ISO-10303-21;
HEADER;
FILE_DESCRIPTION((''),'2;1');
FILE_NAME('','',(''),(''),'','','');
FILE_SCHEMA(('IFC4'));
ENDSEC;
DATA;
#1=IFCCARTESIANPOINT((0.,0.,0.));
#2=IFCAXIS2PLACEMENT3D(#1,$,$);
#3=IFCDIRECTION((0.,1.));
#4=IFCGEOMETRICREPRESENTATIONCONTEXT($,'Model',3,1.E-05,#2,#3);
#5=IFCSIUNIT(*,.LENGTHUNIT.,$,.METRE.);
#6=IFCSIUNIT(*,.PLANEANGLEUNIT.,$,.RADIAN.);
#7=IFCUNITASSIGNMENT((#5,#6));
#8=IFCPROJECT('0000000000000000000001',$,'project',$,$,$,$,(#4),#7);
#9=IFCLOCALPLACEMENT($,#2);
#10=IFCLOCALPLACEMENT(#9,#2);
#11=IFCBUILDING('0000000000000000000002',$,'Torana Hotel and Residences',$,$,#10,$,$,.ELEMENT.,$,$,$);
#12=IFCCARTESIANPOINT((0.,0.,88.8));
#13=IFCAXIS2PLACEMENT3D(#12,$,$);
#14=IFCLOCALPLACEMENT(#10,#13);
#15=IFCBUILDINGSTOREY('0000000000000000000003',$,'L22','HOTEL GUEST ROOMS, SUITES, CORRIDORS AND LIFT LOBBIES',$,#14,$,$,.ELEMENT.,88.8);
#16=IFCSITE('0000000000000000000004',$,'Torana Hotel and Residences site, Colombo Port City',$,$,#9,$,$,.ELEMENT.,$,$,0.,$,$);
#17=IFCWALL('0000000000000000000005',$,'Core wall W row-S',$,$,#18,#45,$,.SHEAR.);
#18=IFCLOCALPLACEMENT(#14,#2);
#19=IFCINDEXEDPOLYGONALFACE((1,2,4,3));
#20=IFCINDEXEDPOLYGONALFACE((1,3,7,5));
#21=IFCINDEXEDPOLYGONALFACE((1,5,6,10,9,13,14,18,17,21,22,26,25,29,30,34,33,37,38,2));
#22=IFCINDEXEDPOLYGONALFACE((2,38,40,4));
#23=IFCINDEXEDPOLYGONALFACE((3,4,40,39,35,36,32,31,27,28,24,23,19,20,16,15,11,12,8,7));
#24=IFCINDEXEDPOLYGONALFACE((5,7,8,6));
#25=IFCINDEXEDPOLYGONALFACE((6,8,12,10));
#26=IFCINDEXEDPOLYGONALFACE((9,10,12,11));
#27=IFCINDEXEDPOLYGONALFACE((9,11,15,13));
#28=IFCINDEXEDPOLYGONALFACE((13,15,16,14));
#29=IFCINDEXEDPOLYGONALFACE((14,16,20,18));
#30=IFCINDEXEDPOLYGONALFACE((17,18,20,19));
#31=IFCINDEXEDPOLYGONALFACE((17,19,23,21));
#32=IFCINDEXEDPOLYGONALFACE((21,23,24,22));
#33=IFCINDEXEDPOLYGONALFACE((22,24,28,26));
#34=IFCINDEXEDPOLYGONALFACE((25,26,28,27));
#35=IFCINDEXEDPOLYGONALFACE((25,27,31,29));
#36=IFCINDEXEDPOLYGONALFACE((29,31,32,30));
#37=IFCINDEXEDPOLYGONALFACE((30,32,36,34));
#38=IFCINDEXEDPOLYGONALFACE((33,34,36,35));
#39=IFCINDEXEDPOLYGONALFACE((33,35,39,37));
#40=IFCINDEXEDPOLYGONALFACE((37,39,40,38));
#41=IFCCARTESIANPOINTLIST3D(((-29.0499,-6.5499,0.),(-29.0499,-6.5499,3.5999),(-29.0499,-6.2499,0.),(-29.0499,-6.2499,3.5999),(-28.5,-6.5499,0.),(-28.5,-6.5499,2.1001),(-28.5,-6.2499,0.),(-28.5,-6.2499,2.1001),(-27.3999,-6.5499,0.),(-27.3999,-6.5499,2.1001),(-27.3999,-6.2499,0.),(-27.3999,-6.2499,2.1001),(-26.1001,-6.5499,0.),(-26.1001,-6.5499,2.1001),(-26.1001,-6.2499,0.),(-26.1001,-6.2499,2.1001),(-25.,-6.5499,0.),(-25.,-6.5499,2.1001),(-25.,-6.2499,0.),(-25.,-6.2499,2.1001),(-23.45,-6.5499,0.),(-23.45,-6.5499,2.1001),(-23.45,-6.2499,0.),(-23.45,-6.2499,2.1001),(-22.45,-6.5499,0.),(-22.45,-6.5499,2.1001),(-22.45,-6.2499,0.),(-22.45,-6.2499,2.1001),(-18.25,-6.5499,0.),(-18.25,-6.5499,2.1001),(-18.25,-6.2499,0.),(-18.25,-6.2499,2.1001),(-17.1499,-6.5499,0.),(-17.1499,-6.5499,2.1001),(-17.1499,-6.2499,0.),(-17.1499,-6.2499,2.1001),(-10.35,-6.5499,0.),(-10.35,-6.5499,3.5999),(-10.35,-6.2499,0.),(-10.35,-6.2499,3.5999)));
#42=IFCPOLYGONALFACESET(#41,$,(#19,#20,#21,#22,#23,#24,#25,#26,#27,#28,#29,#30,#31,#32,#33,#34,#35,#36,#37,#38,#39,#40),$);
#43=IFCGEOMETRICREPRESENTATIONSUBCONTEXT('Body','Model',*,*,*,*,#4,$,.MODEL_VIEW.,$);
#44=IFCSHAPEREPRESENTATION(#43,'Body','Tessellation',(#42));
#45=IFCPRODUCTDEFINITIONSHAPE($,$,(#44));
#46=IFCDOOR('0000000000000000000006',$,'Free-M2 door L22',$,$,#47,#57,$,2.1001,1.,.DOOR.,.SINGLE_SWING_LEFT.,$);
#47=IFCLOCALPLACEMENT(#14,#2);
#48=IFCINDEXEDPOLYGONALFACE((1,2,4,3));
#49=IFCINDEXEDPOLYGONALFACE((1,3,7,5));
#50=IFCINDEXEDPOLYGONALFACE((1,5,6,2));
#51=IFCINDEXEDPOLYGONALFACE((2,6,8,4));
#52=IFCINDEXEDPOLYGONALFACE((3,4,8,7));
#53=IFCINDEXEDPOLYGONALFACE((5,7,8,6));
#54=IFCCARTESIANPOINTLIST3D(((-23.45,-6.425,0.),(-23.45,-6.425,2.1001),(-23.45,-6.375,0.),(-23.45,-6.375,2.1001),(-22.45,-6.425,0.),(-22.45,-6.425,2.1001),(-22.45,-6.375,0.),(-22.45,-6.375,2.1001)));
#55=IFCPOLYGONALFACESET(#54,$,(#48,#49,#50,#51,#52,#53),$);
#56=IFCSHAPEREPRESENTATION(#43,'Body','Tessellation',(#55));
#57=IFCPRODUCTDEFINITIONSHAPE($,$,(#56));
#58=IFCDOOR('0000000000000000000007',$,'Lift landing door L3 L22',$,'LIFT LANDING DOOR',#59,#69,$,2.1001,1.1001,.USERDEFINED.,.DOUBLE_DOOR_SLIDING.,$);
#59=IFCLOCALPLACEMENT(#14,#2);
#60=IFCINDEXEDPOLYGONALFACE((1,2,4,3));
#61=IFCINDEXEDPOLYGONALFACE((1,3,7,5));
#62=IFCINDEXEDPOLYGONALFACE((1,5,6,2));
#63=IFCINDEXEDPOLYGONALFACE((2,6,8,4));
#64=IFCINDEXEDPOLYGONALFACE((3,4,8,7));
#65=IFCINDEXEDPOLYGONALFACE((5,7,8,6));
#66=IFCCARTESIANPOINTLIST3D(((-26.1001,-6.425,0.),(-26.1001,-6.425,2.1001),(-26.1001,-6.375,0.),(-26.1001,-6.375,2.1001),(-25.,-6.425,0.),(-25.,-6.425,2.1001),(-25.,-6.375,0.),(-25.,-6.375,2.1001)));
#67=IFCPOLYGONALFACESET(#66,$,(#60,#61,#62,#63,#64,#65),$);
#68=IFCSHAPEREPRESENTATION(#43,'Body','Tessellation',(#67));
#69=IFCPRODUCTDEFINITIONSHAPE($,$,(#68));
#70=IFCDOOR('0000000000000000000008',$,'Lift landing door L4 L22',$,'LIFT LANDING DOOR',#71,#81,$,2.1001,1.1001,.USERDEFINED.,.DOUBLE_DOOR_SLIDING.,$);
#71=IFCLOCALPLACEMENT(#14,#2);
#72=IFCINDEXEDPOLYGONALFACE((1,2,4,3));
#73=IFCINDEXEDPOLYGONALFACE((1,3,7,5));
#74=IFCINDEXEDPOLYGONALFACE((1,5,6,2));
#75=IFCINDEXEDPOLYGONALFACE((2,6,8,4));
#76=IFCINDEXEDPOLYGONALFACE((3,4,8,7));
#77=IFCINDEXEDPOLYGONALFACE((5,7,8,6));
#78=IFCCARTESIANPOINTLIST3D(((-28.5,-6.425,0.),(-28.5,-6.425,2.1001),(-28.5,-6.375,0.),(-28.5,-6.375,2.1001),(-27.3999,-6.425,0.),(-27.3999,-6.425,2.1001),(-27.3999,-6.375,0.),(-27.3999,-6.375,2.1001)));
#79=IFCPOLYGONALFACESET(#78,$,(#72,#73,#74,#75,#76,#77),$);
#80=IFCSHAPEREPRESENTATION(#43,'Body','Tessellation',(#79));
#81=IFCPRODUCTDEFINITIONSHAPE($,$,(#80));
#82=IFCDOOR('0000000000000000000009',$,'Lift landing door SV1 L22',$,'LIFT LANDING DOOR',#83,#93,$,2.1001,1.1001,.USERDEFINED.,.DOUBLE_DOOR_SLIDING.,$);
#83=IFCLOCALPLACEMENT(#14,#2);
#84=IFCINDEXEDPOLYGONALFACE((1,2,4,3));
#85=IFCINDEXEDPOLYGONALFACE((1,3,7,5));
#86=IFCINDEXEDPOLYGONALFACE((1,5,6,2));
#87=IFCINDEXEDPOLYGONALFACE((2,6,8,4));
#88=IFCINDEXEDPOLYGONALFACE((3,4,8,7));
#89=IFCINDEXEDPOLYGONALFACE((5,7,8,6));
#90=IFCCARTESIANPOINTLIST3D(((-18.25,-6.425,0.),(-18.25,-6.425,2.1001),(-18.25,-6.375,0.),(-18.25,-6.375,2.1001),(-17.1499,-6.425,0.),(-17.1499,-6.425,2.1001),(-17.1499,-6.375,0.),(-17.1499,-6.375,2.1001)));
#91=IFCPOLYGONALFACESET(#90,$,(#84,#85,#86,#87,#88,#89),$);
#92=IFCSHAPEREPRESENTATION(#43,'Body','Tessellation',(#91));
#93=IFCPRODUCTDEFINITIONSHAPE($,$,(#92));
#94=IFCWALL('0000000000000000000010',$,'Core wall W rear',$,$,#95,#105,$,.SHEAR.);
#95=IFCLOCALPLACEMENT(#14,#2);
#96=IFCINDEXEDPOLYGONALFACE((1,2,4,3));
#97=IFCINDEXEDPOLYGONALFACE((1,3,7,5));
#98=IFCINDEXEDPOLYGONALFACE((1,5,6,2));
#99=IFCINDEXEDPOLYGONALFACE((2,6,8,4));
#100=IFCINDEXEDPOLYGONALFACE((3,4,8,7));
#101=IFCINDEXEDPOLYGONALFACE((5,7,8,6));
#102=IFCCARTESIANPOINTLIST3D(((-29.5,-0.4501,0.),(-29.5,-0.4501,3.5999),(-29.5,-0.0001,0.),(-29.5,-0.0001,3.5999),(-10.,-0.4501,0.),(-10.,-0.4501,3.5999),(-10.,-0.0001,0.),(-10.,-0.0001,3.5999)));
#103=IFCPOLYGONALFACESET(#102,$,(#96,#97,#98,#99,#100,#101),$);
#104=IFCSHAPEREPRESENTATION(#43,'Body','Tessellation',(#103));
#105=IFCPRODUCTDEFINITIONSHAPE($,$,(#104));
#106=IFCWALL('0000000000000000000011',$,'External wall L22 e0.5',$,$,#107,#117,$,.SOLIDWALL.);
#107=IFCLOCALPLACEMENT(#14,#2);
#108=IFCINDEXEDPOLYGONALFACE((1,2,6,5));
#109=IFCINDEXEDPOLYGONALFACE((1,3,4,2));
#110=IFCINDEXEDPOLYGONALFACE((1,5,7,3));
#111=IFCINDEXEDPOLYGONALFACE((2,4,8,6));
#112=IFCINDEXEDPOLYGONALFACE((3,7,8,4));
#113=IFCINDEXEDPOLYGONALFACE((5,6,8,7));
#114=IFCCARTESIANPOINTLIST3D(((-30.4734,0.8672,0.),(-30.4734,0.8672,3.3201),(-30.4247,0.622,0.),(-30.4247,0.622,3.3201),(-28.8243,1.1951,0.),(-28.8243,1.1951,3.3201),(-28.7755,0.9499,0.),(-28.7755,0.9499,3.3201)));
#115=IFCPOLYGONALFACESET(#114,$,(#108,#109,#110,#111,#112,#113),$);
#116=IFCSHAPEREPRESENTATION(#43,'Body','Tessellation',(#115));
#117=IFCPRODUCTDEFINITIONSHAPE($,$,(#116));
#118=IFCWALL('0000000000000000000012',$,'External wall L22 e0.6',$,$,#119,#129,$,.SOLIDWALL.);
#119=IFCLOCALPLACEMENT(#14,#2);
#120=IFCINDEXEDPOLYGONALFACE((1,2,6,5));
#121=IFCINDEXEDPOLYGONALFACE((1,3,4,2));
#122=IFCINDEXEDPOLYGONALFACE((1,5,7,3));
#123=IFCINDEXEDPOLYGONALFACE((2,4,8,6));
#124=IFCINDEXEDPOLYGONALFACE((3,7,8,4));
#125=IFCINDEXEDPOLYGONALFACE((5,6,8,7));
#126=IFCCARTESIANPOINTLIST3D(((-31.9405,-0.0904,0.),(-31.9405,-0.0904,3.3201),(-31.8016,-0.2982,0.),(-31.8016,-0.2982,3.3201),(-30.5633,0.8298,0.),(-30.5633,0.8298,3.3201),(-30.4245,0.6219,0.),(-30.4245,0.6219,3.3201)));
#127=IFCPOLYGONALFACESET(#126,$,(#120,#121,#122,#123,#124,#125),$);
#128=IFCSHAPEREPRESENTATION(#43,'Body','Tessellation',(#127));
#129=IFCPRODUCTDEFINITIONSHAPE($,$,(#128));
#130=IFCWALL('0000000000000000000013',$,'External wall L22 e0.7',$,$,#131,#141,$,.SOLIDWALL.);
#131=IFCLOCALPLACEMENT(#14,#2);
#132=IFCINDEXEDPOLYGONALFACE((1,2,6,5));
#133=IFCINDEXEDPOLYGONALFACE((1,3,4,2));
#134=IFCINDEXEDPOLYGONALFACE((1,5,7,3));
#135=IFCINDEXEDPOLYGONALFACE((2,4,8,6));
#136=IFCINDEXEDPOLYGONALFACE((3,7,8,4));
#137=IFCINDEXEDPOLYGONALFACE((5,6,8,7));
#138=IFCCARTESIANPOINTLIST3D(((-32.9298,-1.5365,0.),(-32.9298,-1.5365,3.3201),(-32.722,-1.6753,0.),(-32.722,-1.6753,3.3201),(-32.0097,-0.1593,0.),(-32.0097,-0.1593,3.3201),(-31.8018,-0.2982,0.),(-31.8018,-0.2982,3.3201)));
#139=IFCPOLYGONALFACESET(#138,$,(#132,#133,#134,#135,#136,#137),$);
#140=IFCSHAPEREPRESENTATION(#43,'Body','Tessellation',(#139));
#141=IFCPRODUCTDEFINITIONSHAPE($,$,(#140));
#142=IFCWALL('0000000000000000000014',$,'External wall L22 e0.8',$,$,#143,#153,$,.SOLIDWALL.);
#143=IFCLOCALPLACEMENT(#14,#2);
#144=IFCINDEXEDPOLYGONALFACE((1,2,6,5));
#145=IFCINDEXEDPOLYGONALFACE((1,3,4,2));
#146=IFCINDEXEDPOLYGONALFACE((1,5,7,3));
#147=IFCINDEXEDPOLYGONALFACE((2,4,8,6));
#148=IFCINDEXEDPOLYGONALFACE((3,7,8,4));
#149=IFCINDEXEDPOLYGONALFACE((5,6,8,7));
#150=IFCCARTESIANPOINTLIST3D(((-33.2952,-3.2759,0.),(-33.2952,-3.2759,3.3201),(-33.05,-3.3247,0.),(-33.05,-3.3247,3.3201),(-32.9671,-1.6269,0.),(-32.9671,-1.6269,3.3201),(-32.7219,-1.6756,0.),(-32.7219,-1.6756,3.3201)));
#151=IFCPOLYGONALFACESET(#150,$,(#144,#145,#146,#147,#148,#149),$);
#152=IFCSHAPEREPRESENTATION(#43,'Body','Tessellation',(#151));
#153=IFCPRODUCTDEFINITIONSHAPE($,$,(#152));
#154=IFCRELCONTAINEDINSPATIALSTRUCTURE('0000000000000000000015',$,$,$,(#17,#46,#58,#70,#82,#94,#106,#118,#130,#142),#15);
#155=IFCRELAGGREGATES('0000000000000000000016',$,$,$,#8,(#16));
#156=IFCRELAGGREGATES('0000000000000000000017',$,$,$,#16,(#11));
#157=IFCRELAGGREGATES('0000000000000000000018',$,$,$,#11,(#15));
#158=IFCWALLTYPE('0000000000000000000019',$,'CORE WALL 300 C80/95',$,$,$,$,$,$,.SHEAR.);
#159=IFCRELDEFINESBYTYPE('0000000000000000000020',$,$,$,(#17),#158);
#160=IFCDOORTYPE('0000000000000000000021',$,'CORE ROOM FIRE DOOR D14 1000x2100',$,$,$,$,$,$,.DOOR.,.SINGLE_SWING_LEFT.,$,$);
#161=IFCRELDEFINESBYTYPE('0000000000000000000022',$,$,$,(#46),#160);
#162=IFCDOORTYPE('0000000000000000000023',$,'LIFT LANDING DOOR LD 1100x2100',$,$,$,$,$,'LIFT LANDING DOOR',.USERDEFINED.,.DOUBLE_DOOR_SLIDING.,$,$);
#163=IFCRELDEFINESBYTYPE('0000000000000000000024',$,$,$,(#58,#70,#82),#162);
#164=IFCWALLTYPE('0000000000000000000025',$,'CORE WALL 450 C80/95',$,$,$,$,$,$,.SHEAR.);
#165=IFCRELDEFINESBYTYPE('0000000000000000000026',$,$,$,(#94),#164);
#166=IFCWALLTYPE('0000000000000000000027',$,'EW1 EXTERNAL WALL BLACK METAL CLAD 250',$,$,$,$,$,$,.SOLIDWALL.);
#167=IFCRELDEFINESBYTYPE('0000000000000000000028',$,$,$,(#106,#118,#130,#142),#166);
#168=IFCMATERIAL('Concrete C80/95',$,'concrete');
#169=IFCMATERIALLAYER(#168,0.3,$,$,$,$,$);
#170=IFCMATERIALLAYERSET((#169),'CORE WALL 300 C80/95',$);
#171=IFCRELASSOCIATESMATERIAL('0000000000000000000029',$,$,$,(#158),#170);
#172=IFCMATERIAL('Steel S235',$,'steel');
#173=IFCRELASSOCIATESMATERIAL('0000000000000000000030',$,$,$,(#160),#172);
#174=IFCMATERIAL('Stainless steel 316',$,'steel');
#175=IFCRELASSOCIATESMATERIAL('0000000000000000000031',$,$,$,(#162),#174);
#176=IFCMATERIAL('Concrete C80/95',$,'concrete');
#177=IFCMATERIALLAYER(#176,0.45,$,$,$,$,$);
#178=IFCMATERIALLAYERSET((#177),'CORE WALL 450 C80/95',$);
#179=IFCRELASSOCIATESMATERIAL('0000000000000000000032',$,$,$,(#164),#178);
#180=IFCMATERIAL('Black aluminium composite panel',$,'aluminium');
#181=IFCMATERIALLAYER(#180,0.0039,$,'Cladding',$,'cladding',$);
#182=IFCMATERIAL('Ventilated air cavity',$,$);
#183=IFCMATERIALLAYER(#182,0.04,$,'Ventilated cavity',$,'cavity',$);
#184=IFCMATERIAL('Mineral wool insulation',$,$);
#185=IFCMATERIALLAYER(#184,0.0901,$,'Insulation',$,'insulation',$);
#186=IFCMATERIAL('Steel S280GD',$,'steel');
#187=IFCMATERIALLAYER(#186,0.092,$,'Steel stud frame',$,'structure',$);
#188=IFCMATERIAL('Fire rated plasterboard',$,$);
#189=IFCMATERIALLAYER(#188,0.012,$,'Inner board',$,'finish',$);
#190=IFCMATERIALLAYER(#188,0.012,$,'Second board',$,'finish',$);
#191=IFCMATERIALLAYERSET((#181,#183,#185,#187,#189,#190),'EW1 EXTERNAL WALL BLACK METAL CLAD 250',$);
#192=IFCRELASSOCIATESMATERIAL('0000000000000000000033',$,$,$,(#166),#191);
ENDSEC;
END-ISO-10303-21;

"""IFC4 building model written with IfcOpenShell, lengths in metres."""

from ifc_helpers import new_model, si_unit, direction, frame, frame_2d, origin, place, context, subcontext, project, spatial, rectangle, extrude, material, layer, layer_set, type_object, element, fill, save


model = new_model("IFC4")

# Units and contexts
model_context = context("Model", 3, precision=1e-05, world=origin(), true_north=direction((0.0, 1.0)))
body_context = subcontext(model_context, "Body", "Model", "MODEL_VIEW")
ifc_project = project(units=[si_unit("LENGTHUNIT", "METRE"), si_unit("PLANEANGLEUNIT", "RADIAN")], contexts=[model_context])

# Site, building, storey
site_placement = place(None, origin())
site = spatial("IfcSite", under=ifc_project, at=site_placement, Name="Torana Hotel and Residences site, Colombo Port City", CompositionType="ELEMENT", RefElevation=0.0)
building_placement = place(site_placement, origin())
building = spatial("IfcBuilding", under=site, at=building_placement, Name="Torana Hotel and Residences", CompositionType="ELEMENT")
storey_placement = place(building_placement, frame((0.0, 0.0, 88.8)))
storey = spatial("IfcBuildingStorey", under=building, at=storey_placement, Name="L22", Description="HOTEL GUEST ROOMS, SUITES, CORRIDORS AND LIFT LOBBIES", CompositionType="ELEMENT", Elevation=88.8)

# Wall, openings, doors
ifc_material_1 = material(Name="Concrete C80/95", Category="concrete")
ifc_layer_1 = layer(ifc_material_1, 0.3)
ifc_layer_set_1 = layer_set([ifc_layer_1], Name="CORE WALL 300 C80/95")
wall_type_1 = type_object("IfcWallType", Name="CORE WALL 300 C80/95", PredefinedType="SHEAR", material=ifc_layer_set_1)
ifc_material_2 = material(Name="Steel S235", Category="steel")
door_type_1 = type_object("IfcDoorType", Name="CORE ROOM FIRE DOOR D14 1000x2100", OperationType="SINGLE_SWING_LEFT", PredefinedType="DOOR", material=ifc_material_2)
ifc_material_3 = material(Name="Stainless steel 316", Category="steel")
door_type_2 = type_object("IfcDoorType", Name="LIFT LANDING DOOR LD 1100x2100", ElementType="LIFT LANDING DOOR", OperationType="DOUBLE_DOOR_SLIDING", PredefinedType="USERDEFINED", material=ifc_material_3)
wall_1_placement = place(storey_placement, frame((-29.05, -6.3999, 0.0), z_axis=(0.0, 0.0, 1.0), x_axis=(1.0, 0.0, 0.0)))
wall_1 = element("IfcWall", 1, at=wall_1_placement, inside=storey, type_object=wall_type_1, Name="Core wall W row-S", PredefinedType="SHEAR", context=body_context, shape_type="SweptSolid", body=[
    extrude(rectangle(XDim=18.7, YDim=0.3, at=frame_2d((9.3501, 0.0))), origin(), (0.0, 0.0, 1.0), 3.5999),
])
opening_1_placement = place(wall_1_placement, frame((2.95, 0.0, 0.0)))
opening_1 = element("IfcOpeningElement", 2, at=opening_1_placement, cuts=wall_1, PredefinedType="OPENING", context=body_context, shape_type="SweptSolid", body=[
    extrude(rectangle(XDim=1.1001, YDim=2.1001, at=frame_2d((0.55, 1.05))), frame((0.0, 0.1599, 0.0), z_axis=(0.0, -1.0, 0.0), x_axis=(1.0, 0.0, 0.0)), (0.0, 0.0, 1.0), 0.3201),
])
opening_2_placement = place(wall_1_placement, frame((0.55, 0.0, 0.0)))
opening_2 = element("IfcOpeningElement", 3, at=opening_2_placement, cuts=wall_1, PredefinedType="OPENING", context=body_context, shape_type="SweptSolid", body=[
    extrude(rectangle(XDim=1.1001, YDim=2.1001, at=frame_2d((0.55, 1.05))), frame((0.0, 0.1599, 0.0), z_axis=(0.0, -1.0, 0.0), x_axis=(1.0, 0.0, 0.0)), (0.0, 0.0, 1.0), 0.3201),
])
opening_3_placement = place(wall_1_placement, frame((10.8, 0.0, 0.0)))
opening_3 = element("IfcOpeningElement", 4, at=opening_3_placement, cuts=wall_1, PredefinedType="OPENING", context=body_context, shape_type="SweptSolid", body=[
    extrude(rectangle(XDim=1.1001, YDim=2.1001, at=frame_2d((0.55, 1.05))), frame((0.0, 0.1599, 0.0), z_axis=(0.0, -1.0, 0.0), x_axis=(1.0, 0.0, 0.0)), (0.0, 0.0, 1.0), 0.3201),
])
opening_4_placement = place(wall_1_placement, frame((5.6001, 0.0, 0.0)))
opening_4 = element("IfcOpeningElement", 5, at=opening_4_placement, cuts=wall_1, PredefinedType="OPENING", context=body_context, shape_type="SweptSolid", body=[
    extrude(rectangle(XDim=1.0, YDim=2.1001, at=frame_2d((0.5, 1.05))), frame((0.0, 0.1599, 0.0), z_axis=(0.0, -1.0, 0.0), x_axis=(1.0, 0.0, 0.0)), (0.0, 0.0, 1.0), 0.3201),
])
door_1_placement = place(opening_4_placement, frame((0.5, 0.0, 0.0), z_axis=(0.0, 0.0, 1.0), x_axis=(-1.0, 0.0, 0.0)))
door_1 = element("IfcDoor", 6, at=door_1_placement, inside=storey, type_object=door_type_1, Name="Free-M2 door L22", OperationType="SINGLE_SWING_LEFT", OverallHeight=2.1001, OverallWidth=1.0, PredefinedType="DOOR", context=body_context, shape_type="SweptSolid", body=[
    extrude(rectangle(XDim=1.0, YDim=2.1001, at=frame_2d((0.0, 1.05))), frame((0.0, -0.0249, 0.0), z_axis=(0.0, 1.0, 0.0), x_axis=(-1.0, 0.0, 0.0)), (0.0, 0.0, 1.0), 0.05),
])
fill(opening_4, door_1)
door_2_placement = place(opening_1_placement, origin())
door_2 = element("IfcDoor", 7, at=door_2_placement, inside=storey, type_object=door_type_2, Name="Lift landing door L3 L22", ObjectType="LIFT LANDING DOOR", OperationType="DOUBLE_DOOR_SLIDING", OverallHeight=2.1001, OverallWidth=1.1001, PredefinedType="USERDEFINED", context=body_context, shape_type="SweptSolid", body=[
    extrude(rectangle(XDim=1.1001, YDim=2.1001, at=frame_2d((0.55, 1.05))), frame((0.0, 0.0249, 0.0), z_axis=(0.0, -1.0, 0.0), x_axis=(1.0, 0.0, 0.0)), (0.0, 0.0, 1.0), 0.05),
])
fill(opening_1, door_2)
door_3_placement = place(opening_2_placement, origin())
door_3 = element("IfcDoor", 8, at=door_3_placement, inside=storey, type_object=door_type_2, Name="Lift landing door L4 L22", ObjectType="LIFT LANDING DOOR", OperationType="DOUBLE_DOOR_SLIDING", OverallHeight=2.1001, OverallWidth=1.1001, PredefinedType="USERDEFINED", context=body_context, shape_type="SweptSolid", body=[
    extrude(rectangle(XDim=1.1001, YDim=2.1001, at=frame_2d((0.55, 1.05))), frame((0.0, 0.0249, 0.0), z_axis=(0.0, -1.0, 0.0), x_axis=(1.0, 0.0, 0.0)), (0.0, 0.0, 1.0), 0.05),
])
fill(opening_2, door_3)
door_4_placement = place(opening_3_placement, origin())
door_4 = element("IfcDoor", 9, at=door_4_placement, inside=storey, type_object=door_type_2, Name="Lift landing door SV1 L22", ObjectType="LIFT LANDING DOOR", OperationType="DOUBLE_DOOR_SLIDING", OverallHeight=2.1001, OverallWidth=1.1001, PredefinedType="USERDEFINED", context=body_context, shape_type="SweptSolid", body=[
    extrude(rectangle(XDim=1.1001, YDim=2.1001, at=frame_2d((0.55, 1.05))), frame((0.0, 0.0249, 0.0), z_axis=(0.0, -1.0, 0.0), x_axis=(1.0, 0.0, 0.0)), (0.0, 0.0, 1.0), 0.05),
])
fill(opening_3, door_4)

# Walls
ifc_material_4 = material(Name="Concrete C80/95", Category="concrete")
ifc_layer_2 = layer(ifc_material_4, 0.45)
ifc_layer_set_2 = layer_set([ifc_layer_2], Name="CORE WALL 450 C80/95")
wall_type_2 = type_object("IfcWallType", Name="CORE WALL 450 C80/95", PredefinedType="SHEAR", material=ifc_layer_set_2)
wall_2_placement = place(storey_placement, frame((-29.5, -0.2251, 0.0), z_axis=(0.0, 0.0, 1.0), x_axis=(1.0, 0.0, 0.0)))
element("IfcWall", 10, at=wall_2_placement, inside=storey, type_object=wall_type_2, Name="Core wall W rear", PredefinedType="SHEAR", context=body_context, shape_type="SweptSolid", body=[
    extrude(rectangle(XDim=19.5, YDim=0.45, at=frame_2d((9.75, 0.0))), origin(), (0.0, 0.0, 1.0), 3.5999),
])
ifc_material_5 = material(Name="Black aluminium composite panel", Category="aluminium")
ifc_layer_3 = layer(ifc_material_5, 0.0039, Name="Cladding", Category="cladding")
ifc_material_6 = material(Name="Ventilated air cavity")
ifc_layer_4 = layer(ifc_material_6, 0.04, Name="Ventilated cavity", Category="cavity")
ifc_material_7 = material(Name="Mineral wool insulation")
ifc_layer_5 = layer(ifc_material_7, 0.0901, Name="Insulation", Category="insulation")
ifc_material_8 = material(Name="Steel S280GD", Category="steel")
ifc_layer_6 = layer(ifc_material_8, 0.092, Name="Steel stud frame", Category="structure")
ifc_material_9 = material(Name="Fire rated plasterboard")
ifc_layer_7 = layer(ifc_material_9, 0.012, Name="Inner board", Category="finish")
ifc_layer_8 = layer(ifc_material_9, 0.012, Name="Second board", Category="finish")
ifc_layer_set_3 = layer_set([ifc_layer_3, ifc_layer_4, ifc_layer_5, ifc_layer_6, ifc_layer_7, ifc_layer_8], Name="EW1 EXTERNAL WALL BLACK METAL CLAD 250")
wall_type_3 = type_object("IfcWallType", Name="EW1 EXTERNAL WALL BLACK METAL CLAD 250", PredefinedType="SOLIDWALL", material=ifc_layer_set_3)
wall_3_placement = place(storey_placement, frame((-28.7998, 1.0725, 0.0), z_axis=(0.0, 0.0, 1.0), x_axis=(-0.980803, -0.194999, 0.0)))
element("IfcWall", 11, at=wall_3_placement, inside=storey, type_object=wall_type_3, Name="External wall L22 e0.5", PredefinedType="SOLIDWALL", context=body_context, shape_type="SweptSolid", body=[
    extrude(rectangle(XDim=1.6814, YDim=0.25, at=frame_2d((0.8408, 0.0))), origin(), (0.0, 0.0, 1.0), 3.3201),
])
for number, where, z_axis, x_axis, name in (
    (12, (-30.4939, 0.7258, 0.0), (0.0, 0.0, 1.0), (-0.831483, -0.55555, 0.0), "External wall L22 e0.6"),
    (13, (-31.9058, -0.2288, 0.0), (0.0, 0.0, 1.0), (-0.55555, -0.831483, 0.0), "External wall L22 e0.7"),
):
    element("IfcWall", number, at=place(storey_placement, frame(where, z_axis=z_axis, x_axis=x_axis)), inside=storey, type_object=wall_type_3, Name=name, PredefinedType="SOLIDWALL", context=body_context, shape_type="SweptSolid", body=[
        extrude(rectangle(XDim=1.6562, YDim=0.25, at=frame_2d((0.8281, 0.0))), origin(), (0.0, 0.0, 1.0), 3.3201),
    ])
wall_4_placement = place(storey_placement, frame((-32.8445, -1.6511, 0.0), z_axis=(0.0, 0.0, 1.0), x_axis=(-0.195139, -0.980776, 0.0)))
element("IfcWall", 14, at=wall_4_placement, inside=storey, type_object=wall_type_3, Name="External wall L22 e0.8", PredefinedType="SOLIDWALL", context=body_context, shape_type="SweptSolid", body=[
    extrude(rectangle(XDim=1.6814, YDim=0.25, at=frame_2d((0.8408, 0.0))), origin(), (0.0, 0.0, 1.0), 3.3201),
])

save(model, "model.ifc")
